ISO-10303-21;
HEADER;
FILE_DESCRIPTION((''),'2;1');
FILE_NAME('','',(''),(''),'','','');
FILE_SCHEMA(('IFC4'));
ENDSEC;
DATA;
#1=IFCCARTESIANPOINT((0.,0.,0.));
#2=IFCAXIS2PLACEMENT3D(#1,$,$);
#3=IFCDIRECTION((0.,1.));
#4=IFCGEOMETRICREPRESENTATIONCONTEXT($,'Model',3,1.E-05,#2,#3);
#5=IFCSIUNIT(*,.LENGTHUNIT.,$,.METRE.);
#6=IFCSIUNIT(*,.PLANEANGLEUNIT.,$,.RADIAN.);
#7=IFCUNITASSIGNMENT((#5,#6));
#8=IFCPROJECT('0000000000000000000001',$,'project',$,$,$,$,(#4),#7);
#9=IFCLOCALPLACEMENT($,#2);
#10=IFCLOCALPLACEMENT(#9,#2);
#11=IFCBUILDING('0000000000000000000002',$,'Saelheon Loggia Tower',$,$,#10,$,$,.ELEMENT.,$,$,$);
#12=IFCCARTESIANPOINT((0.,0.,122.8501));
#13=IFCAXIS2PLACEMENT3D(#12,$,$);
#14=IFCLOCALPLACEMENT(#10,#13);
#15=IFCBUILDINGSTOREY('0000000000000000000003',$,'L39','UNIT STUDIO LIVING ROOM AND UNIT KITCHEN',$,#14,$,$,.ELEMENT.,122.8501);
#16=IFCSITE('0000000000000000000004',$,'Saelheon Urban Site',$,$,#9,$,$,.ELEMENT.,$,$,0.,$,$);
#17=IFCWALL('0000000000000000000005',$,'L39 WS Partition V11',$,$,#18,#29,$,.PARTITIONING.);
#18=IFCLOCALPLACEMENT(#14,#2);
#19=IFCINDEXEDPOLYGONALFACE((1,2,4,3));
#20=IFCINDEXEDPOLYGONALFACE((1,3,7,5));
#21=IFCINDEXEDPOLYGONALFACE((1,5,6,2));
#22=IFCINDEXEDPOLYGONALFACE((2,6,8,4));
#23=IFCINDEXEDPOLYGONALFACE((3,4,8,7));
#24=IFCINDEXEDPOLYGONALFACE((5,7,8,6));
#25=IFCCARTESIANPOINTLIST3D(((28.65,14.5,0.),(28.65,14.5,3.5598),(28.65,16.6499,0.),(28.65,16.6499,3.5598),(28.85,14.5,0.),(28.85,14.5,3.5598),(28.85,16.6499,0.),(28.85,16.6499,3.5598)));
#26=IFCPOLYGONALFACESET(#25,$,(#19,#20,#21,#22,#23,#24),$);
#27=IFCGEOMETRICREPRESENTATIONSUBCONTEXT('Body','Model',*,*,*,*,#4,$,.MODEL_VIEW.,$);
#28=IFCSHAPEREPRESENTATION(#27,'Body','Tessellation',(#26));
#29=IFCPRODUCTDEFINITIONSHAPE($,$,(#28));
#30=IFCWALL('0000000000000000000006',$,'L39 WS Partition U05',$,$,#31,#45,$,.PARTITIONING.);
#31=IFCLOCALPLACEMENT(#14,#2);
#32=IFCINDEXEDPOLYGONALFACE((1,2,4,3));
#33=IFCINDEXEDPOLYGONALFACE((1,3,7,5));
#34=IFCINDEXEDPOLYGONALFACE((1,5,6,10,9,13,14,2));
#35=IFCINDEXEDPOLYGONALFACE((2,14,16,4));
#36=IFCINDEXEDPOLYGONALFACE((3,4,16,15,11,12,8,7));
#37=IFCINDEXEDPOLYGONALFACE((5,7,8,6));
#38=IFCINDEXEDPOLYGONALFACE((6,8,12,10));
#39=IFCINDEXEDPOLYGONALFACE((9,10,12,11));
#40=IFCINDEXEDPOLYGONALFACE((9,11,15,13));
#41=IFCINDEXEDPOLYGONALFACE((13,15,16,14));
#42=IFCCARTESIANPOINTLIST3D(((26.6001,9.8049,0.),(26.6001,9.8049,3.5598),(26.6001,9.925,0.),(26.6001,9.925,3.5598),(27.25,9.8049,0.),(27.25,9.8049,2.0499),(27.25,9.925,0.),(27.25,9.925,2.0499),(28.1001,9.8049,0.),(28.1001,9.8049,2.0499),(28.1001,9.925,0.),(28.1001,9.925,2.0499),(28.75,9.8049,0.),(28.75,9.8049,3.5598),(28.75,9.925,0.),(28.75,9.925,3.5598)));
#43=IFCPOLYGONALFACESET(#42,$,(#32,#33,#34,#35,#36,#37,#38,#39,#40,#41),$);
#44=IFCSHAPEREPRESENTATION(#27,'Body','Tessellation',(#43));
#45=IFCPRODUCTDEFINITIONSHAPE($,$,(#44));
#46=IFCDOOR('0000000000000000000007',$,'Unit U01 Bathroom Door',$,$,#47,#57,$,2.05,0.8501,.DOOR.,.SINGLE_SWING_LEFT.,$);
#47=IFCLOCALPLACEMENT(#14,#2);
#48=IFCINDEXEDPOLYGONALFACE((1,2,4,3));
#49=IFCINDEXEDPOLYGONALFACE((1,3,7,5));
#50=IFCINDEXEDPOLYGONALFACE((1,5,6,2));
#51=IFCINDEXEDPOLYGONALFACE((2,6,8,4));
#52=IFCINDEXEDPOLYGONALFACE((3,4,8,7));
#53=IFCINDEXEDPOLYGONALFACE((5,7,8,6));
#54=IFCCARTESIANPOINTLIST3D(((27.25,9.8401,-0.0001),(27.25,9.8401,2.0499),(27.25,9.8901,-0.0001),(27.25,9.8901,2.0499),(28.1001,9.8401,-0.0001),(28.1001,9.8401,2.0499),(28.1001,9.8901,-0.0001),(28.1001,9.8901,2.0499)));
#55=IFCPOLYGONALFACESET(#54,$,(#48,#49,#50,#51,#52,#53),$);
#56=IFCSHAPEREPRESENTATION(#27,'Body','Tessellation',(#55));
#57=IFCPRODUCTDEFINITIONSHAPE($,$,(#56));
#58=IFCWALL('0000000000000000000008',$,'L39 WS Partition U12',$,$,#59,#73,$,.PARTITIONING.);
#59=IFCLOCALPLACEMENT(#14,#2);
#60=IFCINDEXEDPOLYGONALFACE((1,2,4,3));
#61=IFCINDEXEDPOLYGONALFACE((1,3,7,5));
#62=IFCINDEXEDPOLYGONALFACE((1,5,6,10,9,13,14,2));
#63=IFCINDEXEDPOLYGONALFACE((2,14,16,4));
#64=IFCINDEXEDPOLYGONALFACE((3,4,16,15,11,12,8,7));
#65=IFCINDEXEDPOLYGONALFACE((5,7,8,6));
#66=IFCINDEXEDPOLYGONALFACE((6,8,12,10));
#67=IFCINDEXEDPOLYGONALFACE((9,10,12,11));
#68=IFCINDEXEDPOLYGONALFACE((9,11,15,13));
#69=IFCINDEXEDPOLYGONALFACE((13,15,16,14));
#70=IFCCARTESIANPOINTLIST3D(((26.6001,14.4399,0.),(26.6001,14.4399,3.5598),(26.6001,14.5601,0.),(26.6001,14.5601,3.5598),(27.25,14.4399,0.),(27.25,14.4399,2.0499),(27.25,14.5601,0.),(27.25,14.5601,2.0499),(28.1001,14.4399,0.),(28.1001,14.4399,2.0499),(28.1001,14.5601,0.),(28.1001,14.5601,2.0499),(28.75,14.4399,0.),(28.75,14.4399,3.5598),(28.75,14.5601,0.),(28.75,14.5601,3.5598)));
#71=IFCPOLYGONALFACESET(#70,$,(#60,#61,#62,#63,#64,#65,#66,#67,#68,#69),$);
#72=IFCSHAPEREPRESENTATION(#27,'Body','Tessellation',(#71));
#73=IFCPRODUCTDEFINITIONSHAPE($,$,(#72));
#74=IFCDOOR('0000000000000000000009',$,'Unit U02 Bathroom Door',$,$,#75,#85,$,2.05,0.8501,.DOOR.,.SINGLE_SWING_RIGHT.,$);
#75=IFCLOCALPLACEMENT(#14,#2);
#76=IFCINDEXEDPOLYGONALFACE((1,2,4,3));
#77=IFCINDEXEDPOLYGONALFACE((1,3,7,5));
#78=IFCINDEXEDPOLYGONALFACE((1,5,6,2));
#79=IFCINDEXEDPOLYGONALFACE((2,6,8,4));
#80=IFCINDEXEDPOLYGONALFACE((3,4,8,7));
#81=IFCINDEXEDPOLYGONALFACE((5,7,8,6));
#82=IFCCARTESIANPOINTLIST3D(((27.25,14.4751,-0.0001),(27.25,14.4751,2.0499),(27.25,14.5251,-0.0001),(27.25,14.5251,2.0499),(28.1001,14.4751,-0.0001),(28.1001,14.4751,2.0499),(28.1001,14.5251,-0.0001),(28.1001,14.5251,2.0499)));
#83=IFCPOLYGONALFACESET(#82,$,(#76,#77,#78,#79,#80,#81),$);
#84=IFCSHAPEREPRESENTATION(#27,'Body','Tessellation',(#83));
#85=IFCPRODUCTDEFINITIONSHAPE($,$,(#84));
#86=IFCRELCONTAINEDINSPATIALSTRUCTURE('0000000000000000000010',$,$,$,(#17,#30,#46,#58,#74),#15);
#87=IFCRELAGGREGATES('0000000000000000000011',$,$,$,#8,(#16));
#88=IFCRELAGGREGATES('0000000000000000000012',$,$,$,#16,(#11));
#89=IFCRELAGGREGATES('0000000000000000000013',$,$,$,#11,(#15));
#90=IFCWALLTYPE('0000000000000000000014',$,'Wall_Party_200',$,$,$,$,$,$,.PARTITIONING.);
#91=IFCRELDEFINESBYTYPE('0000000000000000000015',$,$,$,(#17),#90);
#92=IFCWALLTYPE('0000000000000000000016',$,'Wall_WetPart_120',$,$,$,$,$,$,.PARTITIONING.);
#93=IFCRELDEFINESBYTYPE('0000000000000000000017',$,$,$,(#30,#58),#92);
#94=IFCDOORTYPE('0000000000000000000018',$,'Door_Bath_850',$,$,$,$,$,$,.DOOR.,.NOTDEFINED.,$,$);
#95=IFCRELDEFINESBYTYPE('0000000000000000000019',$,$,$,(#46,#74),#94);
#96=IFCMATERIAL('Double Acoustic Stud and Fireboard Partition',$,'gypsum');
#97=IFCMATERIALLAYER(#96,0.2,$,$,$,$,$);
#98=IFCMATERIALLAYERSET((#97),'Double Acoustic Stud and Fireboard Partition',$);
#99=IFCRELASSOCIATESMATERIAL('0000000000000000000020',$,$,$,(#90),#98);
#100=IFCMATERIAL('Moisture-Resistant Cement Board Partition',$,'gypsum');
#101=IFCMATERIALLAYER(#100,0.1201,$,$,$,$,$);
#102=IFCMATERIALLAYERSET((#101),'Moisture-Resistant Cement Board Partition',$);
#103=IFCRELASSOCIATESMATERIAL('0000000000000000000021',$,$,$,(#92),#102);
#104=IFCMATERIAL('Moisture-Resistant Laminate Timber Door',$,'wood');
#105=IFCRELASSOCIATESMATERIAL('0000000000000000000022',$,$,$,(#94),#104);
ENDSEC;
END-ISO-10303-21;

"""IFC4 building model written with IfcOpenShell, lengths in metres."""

from ifc_helpers import new_model, si_unit, direction, frame, frame_2d, origin, place, context, subcontext, project, spatial, rectangle, extrude, source, transform, mapped, material, layer, layer_set, type_object, element, fill, save


model = new_model("IFC4")

# Units and contexts
model_context = context("Model", 3, precision=1e-05, world=origin(), true_north=direction((0.0, 1.0)))
body_context = subcontext(model_context, "Body", "Model", "MODEL_VIEW")
ifc_project = project(units=[si_unit("LENGTHUNIT", "METRE"), si_unit("PLANEANGLEUNIT", "RADIAN")], contexts=[model_context])

# Site, building, storey
site_placement = place(None, origin())
site = spatial("IfcSite", under=ifc_project, at=site_placement, Name="Saelheon Urban Site", CompositionType="ELEMENT", RefElevation=0.0)
building_placement = place(site_placement, origin())
building = spatial("IfcBuilding", under=site, at=building_placement, Name="Saelheon Loggia Tower", CompositionType="ELEMENT")
storey_placement = place(building_placement, frame((0.0, 0.0, 122.8501)))
storey = spatial("IfcBuildingStorey", under=building, at=storey_placement, Name="L39", Description="UNIT STUDIO LIVING ROOM AND UNIT KITCHEN", CompositionType="ELEMENT", Elevation=122.8501)

# Shared definitions
ifc_material_1 = material(Name="Double Acoustic Stud and Fireboard Partition", Category="gypsum")
ifc_layer_1 = layer(ifc_material_1, 0.2)
ifc_layer_set_1 = layer_set([ifc_layer_1], Name="Double Acoustic Stud and Fireboard Partition")
wall_type_1 = type_object("IfcWallType", Name="Wall_Party_200", PredefinedType="PARTITIONING", material=ifc_layer_set_1)

# Wall
wall_1_placement = place(storey_placement, frame((28.75, 14.5, 0.0), z_axis=(0.0, 0.0, 1.0), x_axis=(0.0, 1.0, 0.0)))
element("IfcWall", 1, at=wall_1_placement, inside=storey, type_object=wall_type_1, Name="L39 WS Partition V11", PredefinedType="PARTITIONING", context=body_context, shape_type="SweptSolid", body=[
    extrude(rectangle(XDim=2.1499, YDim=0.2, at=frame_2d((1.075, 0.0))), origin(), (0.0, 0.0, 1.0), 3.5598),
])

# Walls, openings, doors
ifc_material_2 = material(Name="Moisture-Resistant Cement Board Partition", Category="gypsum")
ifc_layer_2 = layer(ifc_material_2, 0.1201)
ifc_layer_set_2 = layer_set([ifc_layer_2], Name="Moisture-Resistant Cement Board Partition")
wall_type_2 = type_object("IfcWallType", Name="Wall_WetPart_120", PredefinedType="PARTITIONING", material=ifc_layer_set_2)
wall_2_placement = place(storey_placement, frame((28.75, 9.865, 0.0), z_axis=(0.0, 0.0, 1.0), x_axis=(-1.0, 0.0, 0.0)))
wall_2 = element("IfcWall", 2, at=wall_2_placement, inside=storey, type_object=wall_type_2, Name="L39 WS Partition U05", PredefinedType="PARTITIONING", context=body_context, shape_type="SweptSolid", body=[
    extrude(rectangle(XDim=2.1499, YDim=0.1201, at=frame_2d((1.075, 0.0))), origin(), (0.0, 0.0, 1.0), 3.5598),
])
opening_1_placement = place(wall_2_placement, frame((0.6499, 0.0, 0.0)))
opening_1 = element("IfcOpeningElement", 3, at=opening_1_placement, cuts=wall_2, PredefinedType="OPENING", context=body_context, shape_type="SweptSolid", body=[
    extrude(rectangle(XDim=0.8501, YDim=2.05, at=frame_2d((0.425, 1.0249))), frame((0.0, 0.072, 0.0), z_axis=(0.0, -1.0, 0.0), x_axis=(1.0, 0.0, 0.0)), (0.0, 0.0, 1.0), 0.144),
])
ifc_material_3 = material(Name="Moisture-Resistant Laminate Timber Door", Category="wood")
door_type_1 = type_object("IfcDoorType", Name="Door_Bath_850", OperationType="NOTDEFINED", PredefinedType="DOOR", material=ifc_material_3)
shared_shape_1 = source(origin(), body_context, "Body", "SweptSolid", [
    extrude(rectangle(XDim=0.8501, YDim=2.05, at=frame_2d((0.425, 1.0249))), frame((0.0, 0.0249, 0.0), z_axis=(0.0, -1.0, 0.0), x_axis=(1.0, 0.0, 0.0)), (0.0, 0.0, 1.0), 0.05),
])
door_1_placement = place(opening_1_placement, origin())
door_1 = element("IfcDoor", 4, at=door_1_placement, inside=storey, type_object=door_type_1, Name="Unit U01 Bathroom Door", OperationType="SINGLE_SWING_LEFT", OverallHeight=2.05, OverallWidth=0.8501, PredefinedType="DOOR", context=body_context, shape_type="MappedRepresentation", body=[
    mapped(shared_shape_1, transform((0.0, 0.0, 0.0), scale=1.0)),
])
fill(opening_1, door_1)
wall_3_placement = place(storey_placement, frame((28.75, 14.5, 0.0), z_axis=(0.0, 0.0, 1.0), x_axis=(-1.0, 0.0, 0.0)))
wall_3 = element("IfcWall", 5, at=wall_3_placement, inside=storey, type_object=wall_type_2, Name="L39 WS Partition U12", PredefinedType="PARTITIONING", context=body_context, shape_type="SweptSolid", body=[
    extrude(rectangle(XDim=2.1499, YDim=0.1201, at=frame_2d((1.075, 0.0))), origin(), (0.0, 0.0, 1.0), 3.5598),
])
opening_2_placement = place(wall_3_placement, frame((0.6499, 0.0, 0.0)))
opening_2 = element("IfcOpeningElement", 6, at=opening_2_placement, cuts=wall_3, PredefinedType="OPENING", context=body_context, shape_type="SweptSolid", body=[
    extrude(rectangle(XDim=0.8501, YDim=2.05, at=frame_2d((0.425, 1.0249))), frame((0.0, 0.072, 0.0), z_axis=(0.0, -1.0, 0.0), x_axis=(1.0, 0.0, 0.0)), (0.0, 0.0, 1.0), 0.144),
])
door_2_placement = place(opening_2_placement, origin())
door_2 = element("IfcDoor", 7, at=door_2_placement, inside=storey, type_object=door_type_1, Name="Unit U02 Bathroom Door", OperationType="SINGLE_SWING_RIGHT", OverallHeight=2.05, OverallWidth=0.8501, PredefinedType="DOOR", context=body_context, shape_type="MappedRepresentation", body=[
    mapped(shared_shape_1, transform((0.0, 0.0, 0.0), scale=1.0)),
])
fill(opening_2, door_2)

save(model, "model.ifc")
